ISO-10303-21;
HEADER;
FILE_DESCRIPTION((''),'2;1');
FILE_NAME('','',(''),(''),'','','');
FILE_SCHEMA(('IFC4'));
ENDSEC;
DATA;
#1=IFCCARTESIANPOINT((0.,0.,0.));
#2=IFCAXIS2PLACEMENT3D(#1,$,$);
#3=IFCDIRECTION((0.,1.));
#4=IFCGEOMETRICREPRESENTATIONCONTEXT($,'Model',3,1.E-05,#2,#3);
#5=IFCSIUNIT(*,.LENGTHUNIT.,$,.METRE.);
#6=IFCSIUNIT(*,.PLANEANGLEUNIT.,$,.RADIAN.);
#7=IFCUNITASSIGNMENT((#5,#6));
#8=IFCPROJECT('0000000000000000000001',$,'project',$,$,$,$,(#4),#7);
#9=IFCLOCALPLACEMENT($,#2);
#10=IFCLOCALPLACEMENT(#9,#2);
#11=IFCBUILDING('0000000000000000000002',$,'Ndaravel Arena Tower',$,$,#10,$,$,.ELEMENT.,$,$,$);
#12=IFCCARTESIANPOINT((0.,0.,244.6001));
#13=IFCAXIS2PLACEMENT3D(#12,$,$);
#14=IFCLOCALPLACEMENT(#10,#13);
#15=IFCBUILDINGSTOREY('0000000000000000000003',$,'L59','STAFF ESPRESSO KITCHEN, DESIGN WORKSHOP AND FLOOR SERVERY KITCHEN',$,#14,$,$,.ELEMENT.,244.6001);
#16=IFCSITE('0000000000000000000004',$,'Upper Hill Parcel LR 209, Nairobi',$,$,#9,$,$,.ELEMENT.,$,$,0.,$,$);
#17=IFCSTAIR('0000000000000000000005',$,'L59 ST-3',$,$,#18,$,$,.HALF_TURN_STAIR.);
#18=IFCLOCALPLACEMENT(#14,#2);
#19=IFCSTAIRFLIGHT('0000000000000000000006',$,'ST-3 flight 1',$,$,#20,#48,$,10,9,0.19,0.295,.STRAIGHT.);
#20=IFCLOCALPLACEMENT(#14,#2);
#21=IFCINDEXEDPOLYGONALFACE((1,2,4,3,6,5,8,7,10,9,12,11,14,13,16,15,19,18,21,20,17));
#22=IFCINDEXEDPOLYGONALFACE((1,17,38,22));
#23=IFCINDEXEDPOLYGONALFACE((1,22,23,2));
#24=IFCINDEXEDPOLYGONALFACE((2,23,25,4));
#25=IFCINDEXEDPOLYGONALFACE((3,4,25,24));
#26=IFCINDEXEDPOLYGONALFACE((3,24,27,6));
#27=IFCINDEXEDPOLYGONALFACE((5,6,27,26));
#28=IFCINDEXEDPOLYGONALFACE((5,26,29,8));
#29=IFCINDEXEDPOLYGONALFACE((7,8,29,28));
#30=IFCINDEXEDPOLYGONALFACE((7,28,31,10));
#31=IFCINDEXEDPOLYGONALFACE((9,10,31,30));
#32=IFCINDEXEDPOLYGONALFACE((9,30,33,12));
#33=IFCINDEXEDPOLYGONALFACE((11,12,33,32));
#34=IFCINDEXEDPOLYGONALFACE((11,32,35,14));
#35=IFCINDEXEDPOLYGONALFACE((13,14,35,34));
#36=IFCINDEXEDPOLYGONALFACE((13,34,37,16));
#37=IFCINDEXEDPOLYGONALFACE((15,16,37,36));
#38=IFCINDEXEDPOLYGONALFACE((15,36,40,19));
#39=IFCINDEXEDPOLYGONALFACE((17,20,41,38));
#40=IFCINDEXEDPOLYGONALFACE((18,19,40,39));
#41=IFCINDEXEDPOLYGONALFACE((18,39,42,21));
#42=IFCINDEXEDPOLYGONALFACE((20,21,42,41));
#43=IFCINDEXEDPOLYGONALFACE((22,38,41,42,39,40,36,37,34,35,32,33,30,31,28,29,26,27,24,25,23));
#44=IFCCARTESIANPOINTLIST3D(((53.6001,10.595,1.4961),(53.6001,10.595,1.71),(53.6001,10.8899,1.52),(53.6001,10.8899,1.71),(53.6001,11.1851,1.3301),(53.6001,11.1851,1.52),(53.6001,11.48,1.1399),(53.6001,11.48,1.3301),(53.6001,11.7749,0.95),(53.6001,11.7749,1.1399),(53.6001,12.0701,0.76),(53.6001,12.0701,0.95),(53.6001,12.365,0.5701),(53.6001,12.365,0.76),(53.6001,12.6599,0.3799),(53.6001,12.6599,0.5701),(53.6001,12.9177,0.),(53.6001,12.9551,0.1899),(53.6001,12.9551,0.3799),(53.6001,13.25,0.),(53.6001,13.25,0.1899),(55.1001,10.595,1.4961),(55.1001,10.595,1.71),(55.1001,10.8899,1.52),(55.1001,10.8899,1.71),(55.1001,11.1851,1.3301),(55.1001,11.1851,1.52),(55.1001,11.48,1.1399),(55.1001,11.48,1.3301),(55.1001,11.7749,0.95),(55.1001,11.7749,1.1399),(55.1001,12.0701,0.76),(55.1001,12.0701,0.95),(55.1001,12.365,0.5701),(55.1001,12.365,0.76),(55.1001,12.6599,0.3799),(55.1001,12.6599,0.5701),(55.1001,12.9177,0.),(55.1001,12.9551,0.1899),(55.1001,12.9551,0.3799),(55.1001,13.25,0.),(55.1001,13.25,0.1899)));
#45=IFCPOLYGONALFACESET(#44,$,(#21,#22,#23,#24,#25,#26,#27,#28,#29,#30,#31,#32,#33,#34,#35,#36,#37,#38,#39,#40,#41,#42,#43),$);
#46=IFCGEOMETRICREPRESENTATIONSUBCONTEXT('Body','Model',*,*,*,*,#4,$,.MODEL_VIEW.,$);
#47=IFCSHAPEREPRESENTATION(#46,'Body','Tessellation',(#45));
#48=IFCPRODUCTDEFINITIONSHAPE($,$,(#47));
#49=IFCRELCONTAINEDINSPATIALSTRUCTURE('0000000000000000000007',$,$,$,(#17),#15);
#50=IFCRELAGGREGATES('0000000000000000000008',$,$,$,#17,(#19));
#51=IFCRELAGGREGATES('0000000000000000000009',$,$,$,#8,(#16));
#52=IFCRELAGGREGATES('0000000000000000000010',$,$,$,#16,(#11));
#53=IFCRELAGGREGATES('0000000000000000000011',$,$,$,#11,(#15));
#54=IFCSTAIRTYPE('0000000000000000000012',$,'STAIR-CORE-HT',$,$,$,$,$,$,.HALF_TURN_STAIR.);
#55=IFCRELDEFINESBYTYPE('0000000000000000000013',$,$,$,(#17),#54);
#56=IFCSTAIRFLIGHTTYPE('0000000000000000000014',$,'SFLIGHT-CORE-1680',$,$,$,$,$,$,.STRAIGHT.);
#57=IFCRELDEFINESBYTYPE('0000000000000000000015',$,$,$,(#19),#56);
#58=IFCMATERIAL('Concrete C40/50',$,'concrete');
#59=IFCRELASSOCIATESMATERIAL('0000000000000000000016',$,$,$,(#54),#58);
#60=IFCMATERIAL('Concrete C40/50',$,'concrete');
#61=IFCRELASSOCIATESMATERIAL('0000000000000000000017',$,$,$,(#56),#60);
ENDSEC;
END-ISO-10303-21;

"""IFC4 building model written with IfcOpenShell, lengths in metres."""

from ifc_helpers import new_model, si_unit, direction, frame, origin, place, context, subcontext, project, spatial, polyline, outline, extrude, material, type_object, element, aggregate, save


model = new_model("IFC4")

# Units and contexts
model_context = context("Model", 3, precision=1e-05, world=origin(), true_north=direction((0.0, 1.0)))
body_context = subcontext(model_context, "Body", "Model", "MODEL_VIEW")
ifc_project = project(units=[si_unit("LENGTHUNIT", "METRE"), si_unit("PLANEANGLEUNIT", "RADIAN")], contexts=[model_context])

# Site, building, storey
site_placement = place(None, origin())
site = spatial("IfcSite", under=ifc_project, at=site_placement, Name="Upper Hill Parcel LR 209, Nairobi", CompositionType="ELEMENT", RefElevation=0.0)
building_placement = place(site_placement, origin())
building = spatial("IfcBuilding", under=site, at=building_placement, Name="Ndaravel Arena Tower", CompositionType="ELEMENT")
storey_placement = place(building_placement, frame((0.0, 0.0, 244.6001)))
storey = spatial("IfcBuildingStorey", under=building, at=storey_placement, Name="L59", Description="STAFF ESPRESSO KITCHEN, DESIGN WORKSHOP AND FLOOR SERVERY KITCHEN", CompositionType="ELEMENT", Elevation=244.6001)

# Stair, stair flight
ifc_material_1 = material(Name="Concrete C40/50", Category="concrete")
stair_type = type_object("IfcStairType", Name="STAIR-CORE-HT", PredefinedType="HALF_TURN_STAIR", material=ifc_material_1)
stair_placement = place(storey_placement, origin())
stair = element("IfcStair", 1, at=stair_placement, inside=storey, type_object=stair_type, Name="L59 ST-3", PredefinedType="HALF_TURN_STAIR")
ifc_material_2 = material(Name="Concrete C40/50", Category="concrete")
stair_flight_type = type_object("IfcStairFlightType", Name="SFLIGHT-CORE-1680", PredefinedType="STRAIGHT", material=ifc_material_2)
stair_flight_placement = place(storey_placement, frame((54.3501, 13.25, 0.0), z_axis=(0.0, 0.0, 1.0), x_axis=(0.0, -1.0, 0.0)))
stair_flight = element("IfcStairFlight", 2, at=stair_flight_placement, type_object=stair_flight_type, Name="ST-3 flight 1", NumberOfRisers=10, NumberOfTreads=9, PredefinedType="STRAIGHT", RiserHeight=0.19, TreadLength=0.295, context=body_context, shape_type="SweptSolid", body=[
    extrude(outline(polyline([(0.0, 0.0), (0.0, 0.1899), (0.2949, 0.1899), (0.2949, 0.3799), (0.5901, 0.3799), (0.5901, 0.5701), (0.885, 0.5701), (0.885, 0.76), (1.1799, 0.76), (1.1799, 0.95), (1.4751, 0.95), (1.4751, 1.1399), (1.77, 1.1399), (1.77, 1.3301), (2.0649, 1.3301), (2.0649, 1.52), (2.3601, 1.52), (2.3601, 1.71), (2.655, 1.71), (2.655, 1.8999), (2.655, 1.4961), (0.3323, 0.0), (0.0, 0.0)])), frame((0.0, 0.75, 0.0), z_axis=(0.0, -1.0, 0.0), x_axis=(1.0, 0.0, 0.0)), (0.0, 0.0, 1.0), 1.5),
])
aggregate(stair, [stair_flight])

save(model, "model.ifc")
